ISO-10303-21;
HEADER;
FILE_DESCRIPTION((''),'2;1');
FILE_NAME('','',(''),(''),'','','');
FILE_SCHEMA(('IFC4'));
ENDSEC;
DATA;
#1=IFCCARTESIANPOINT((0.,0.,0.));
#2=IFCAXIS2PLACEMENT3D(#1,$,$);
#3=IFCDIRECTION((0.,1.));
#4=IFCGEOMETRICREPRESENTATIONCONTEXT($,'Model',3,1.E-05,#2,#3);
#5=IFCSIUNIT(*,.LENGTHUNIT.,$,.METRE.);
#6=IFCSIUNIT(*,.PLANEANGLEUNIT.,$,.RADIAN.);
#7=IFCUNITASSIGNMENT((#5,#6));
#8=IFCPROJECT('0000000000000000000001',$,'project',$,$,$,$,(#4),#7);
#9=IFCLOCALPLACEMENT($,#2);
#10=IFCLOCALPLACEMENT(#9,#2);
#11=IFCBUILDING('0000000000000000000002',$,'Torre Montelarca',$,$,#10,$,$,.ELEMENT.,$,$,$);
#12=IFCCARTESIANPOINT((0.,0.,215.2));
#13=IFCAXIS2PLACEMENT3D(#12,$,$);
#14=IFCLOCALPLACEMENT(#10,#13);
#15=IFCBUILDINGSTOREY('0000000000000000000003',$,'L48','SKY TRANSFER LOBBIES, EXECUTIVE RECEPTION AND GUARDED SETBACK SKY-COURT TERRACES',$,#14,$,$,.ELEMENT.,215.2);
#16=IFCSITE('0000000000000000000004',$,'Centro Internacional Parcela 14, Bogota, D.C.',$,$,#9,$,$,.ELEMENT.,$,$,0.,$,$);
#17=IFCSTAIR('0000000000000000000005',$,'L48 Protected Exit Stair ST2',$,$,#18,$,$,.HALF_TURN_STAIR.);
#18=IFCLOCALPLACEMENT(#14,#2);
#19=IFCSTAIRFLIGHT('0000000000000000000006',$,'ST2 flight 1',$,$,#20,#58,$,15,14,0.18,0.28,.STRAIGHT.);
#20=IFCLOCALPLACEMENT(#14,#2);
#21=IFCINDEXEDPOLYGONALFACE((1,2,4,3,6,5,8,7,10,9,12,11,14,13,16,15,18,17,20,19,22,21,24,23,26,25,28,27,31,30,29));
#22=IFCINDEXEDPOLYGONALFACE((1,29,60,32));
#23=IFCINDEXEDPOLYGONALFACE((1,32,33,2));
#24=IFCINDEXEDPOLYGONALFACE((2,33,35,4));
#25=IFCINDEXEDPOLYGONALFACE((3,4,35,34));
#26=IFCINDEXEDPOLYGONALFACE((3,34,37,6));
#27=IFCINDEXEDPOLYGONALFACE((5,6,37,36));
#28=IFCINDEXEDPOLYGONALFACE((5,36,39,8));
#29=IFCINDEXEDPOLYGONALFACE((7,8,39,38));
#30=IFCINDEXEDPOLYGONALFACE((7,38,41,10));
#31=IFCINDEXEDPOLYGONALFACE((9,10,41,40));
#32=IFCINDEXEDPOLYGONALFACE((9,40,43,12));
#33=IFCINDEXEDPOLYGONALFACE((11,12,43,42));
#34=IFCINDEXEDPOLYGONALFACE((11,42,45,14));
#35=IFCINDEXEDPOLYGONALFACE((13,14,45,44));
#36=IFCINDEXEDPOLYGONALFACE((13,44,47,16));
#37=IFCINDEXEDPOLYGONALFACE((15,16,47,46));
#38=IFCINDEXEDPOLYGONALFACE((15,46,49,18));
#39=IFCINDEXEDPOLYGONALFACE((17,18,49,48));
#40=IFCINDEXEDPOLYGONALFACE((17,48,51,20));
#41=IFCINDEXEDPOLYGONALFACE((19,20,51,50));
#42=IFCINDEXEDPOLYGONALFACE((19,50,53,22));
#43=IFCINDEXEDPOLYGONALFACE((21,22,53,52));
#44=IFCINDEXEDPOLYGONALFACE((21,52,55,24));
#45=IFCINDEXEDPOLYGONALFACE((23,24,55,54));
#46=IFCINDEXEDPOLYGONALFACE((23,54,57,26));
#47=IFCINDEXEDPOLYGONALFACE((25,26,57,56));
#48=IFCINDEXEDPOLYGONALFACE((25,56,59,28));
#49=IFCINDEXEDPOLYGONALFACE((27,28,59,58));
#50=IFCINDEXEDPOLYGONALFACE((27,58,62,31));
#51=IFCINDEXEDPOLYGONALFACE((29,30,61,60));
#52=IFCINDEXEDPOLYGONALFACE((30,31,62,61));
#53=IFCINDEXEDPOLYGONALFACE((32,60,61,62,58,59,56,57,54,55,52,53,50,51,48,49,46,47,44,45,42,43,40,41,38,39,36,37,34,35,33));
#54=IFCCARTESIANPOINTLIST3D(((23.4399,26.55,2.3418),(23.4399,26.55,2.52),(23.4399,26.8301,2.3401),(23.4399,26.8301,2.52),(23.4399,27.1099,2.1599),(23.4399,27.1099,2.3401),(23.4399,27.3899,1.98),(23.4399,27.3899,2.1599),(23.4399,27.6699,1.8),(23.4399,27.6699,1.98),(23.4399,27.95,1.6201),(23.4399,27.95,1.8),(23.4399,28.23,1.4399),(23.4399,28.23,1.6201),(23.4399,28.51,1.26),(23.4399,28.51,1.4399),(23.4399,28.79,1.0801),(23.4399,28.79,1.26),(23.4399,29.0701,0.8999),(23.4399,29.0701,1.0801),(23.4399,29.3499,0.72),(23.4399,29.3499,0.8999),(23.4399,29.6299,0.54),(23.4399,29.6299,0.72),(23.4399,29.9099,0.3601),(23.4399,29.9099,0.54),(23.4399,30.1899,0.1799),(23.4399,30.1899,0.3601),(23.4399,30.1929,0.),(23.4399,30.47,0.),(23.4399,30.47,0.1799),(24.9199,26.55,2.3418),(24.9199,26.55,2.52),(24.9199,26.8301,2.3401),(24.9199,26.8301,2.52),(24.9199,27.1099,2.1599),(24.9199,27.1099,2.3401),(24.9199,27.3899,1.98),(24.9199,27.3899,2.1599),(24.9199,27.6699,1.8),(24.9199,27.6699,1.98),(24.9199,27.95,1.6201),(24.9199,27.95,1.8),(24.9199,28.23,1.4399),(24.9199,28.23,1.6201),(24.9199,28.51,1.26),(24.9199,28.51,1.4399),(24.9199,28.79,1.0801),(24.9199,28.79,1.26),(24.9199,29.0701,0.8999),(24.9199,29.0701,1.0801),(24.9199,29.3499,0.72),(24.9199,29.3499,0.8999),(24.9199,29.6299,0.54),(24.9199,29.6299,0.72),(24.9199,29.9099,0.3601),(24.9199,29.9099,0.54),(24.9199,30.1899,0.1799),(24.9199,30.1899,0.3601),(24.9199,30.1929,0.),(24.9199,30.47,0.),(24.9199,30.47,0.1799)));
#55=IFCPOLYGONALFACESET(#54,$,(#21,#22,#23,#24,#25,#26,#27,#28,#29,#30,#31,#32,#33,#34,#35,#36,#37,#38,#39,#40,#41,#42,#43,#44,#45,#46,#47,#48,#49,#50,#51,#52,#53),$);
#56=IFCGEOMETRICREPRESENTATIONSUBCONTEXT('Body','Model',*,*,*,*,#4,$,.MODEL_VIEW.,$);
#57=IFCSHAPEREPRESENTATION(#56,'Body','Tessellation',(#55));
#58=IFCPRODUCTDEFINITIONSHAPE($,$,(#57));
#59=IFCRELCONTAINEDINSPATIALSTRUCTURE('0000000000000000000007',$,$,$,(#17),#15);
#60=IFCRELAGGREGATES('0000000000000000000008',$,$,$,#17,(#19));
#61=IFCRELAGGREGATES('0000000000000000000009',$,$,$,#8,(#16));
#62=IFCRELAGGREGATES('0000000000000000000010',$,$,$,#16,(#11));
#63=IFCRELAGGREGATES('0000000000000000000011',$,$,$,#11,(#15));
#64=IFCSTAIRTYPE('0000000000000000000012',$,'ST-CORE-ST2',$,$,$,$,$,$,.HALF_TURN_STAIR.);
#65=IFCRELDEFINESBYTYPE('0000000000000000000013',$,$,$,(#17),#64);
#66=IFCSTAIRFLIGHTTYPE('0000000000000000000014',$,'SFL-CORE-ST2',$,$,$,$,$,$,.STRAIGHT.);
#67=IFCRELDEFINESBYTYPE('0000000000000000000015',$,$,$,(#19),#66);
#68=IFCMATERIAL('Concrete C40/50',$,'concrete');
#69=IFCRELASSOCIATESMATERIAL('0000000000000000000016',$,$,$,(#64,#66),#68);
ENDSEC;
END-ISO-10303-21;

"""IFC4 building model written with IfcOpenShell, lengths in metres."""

from ifc_helpers import new_model, si_unit, direction, frame, origin, place, context, subcontext, project, spatial, polyline, outline, extrude, material, type_object, element, aggregate, save


model = new_model("IFC4")

# Units and contexts
model_context = context("Model", 3, precision=1e-05, world=origin(), true_north=direction((0.0, 1.0)))
body_context = subcontext(model_context, "Body", "Model", "MODEL_VIEW")
ifc_project = project(units=[si_unit("LENGTHUNIT", "METRE"), si_unit("PLANEANGLEUNIT", "RADIAN")], contexts=[model_context])

# Site, building, storey
site_placement = place(None, origin())
site = spatial("IfcSite", under=ifc_project, at=site_placement, Name="Centro Internacional Parcela 14, Bogota, D.C.", CompositionType="ELEMENT", RefElevation=0.0)
building_placement = place(site_placement, origin())
building = spatial("IfcBuilding", under=site, at=building_placement, Name="Torre Montelarca", CompositionType="ELEMENT")
storey_placement = place(building_placement, frame((0.0, 0.0, 215.2)))
storey = spatial("IfcBuildingStorey", under=building, at=storey_placement, Name="L48", Description="SKY TRANSFER LOBBIES, EXECUTIVE RECEPTION AND GUARDED SETBACK SKY-COURT TERRACES", CompositionType="ELEMENT", Elevation=215.2)

# Shared definitions
ifc_material_1 = material(Name="Concrete C40/50", Category="concrete")

# Stair, stair flight
stair_type = type_object("IfcStairType", Name="ST-CORE-ST2", PredefinedType="HALF_TURN_STAIR", material=ifc_material_1)
stair_placement = place(storey_placement, origin())
stair = element("IfcStair", 1, at=stair_placement, inside=storey, type_object=stair_type, Name="L48 Protected Exit Stair ST2", PredefinedType="HALF_TURN_STAIR")
stair_flight_type = type_object("IfcStairFlightType", Name="SFL-CORE-ST2", PredefinedType="STRAIGHT", material=ifc_material_1)
stair_flight_placement = place(storey_placement, frame((24.1799, 30.47, 0.0), z_axis=(0.0, 0.0, 1.0), x_axis=(0.0, -1.0, 0.0)))
stair_flight = element("IfcStairFlight", 2, at=stair_flight_placement, type_object=stair_flight_type, Name="ST2 flight 1", NumberOfRisers=15, NumberOfTreads=14, PredefinedType="STRAIGHT", RiserHeight=0.18, TreadLength=0.28, context=body_context, shape_type="SweptSolid", body=[
    extrude(outline(polyline([(0.0, 0.0), (0.0, 0.1799), (0.28, 0.1799), (0.28, 0.3601), (0.5601, 0.3601), (0.5601, 0.54), (0.8401, 0.54), (0.8401, 0.72), (1.1201, 0.72), (1.1201, 0.8999), (1.3999, 0.8999), (1.3999, 1.0801), (1.6799, 1.0801), (1.6799, 1.26), (1.96, 1.26), (1.96, 1.4399), (2.24, 1.4399), (2.24, 1.6201), (2.52, 1.6201), (2.52, 1.8), (2.8, 1.8), (2.8, 1.98), (3.0801, 1.98), (3.0801, 2.1599), (3.3601, 2.1599), (3.3601, 2.3401), (3.6399, 2.3401), (3.6399, 2.52), (3.9199, 2.52), (3.9199, 2.7), (3.9199, 2.3418), (0.2771, 0.0), (0.0, 0.0)])), frame((0.0, 0.74, 0.0), z_axis=(0.0, -1.0, 0.0), x_axis=(1.0, 0.0, 0.0)), (0.0, 0.0, 1.0), 1.48),
])
aggregate(stair, [stair_flight])

save(model, "model.ifc")
